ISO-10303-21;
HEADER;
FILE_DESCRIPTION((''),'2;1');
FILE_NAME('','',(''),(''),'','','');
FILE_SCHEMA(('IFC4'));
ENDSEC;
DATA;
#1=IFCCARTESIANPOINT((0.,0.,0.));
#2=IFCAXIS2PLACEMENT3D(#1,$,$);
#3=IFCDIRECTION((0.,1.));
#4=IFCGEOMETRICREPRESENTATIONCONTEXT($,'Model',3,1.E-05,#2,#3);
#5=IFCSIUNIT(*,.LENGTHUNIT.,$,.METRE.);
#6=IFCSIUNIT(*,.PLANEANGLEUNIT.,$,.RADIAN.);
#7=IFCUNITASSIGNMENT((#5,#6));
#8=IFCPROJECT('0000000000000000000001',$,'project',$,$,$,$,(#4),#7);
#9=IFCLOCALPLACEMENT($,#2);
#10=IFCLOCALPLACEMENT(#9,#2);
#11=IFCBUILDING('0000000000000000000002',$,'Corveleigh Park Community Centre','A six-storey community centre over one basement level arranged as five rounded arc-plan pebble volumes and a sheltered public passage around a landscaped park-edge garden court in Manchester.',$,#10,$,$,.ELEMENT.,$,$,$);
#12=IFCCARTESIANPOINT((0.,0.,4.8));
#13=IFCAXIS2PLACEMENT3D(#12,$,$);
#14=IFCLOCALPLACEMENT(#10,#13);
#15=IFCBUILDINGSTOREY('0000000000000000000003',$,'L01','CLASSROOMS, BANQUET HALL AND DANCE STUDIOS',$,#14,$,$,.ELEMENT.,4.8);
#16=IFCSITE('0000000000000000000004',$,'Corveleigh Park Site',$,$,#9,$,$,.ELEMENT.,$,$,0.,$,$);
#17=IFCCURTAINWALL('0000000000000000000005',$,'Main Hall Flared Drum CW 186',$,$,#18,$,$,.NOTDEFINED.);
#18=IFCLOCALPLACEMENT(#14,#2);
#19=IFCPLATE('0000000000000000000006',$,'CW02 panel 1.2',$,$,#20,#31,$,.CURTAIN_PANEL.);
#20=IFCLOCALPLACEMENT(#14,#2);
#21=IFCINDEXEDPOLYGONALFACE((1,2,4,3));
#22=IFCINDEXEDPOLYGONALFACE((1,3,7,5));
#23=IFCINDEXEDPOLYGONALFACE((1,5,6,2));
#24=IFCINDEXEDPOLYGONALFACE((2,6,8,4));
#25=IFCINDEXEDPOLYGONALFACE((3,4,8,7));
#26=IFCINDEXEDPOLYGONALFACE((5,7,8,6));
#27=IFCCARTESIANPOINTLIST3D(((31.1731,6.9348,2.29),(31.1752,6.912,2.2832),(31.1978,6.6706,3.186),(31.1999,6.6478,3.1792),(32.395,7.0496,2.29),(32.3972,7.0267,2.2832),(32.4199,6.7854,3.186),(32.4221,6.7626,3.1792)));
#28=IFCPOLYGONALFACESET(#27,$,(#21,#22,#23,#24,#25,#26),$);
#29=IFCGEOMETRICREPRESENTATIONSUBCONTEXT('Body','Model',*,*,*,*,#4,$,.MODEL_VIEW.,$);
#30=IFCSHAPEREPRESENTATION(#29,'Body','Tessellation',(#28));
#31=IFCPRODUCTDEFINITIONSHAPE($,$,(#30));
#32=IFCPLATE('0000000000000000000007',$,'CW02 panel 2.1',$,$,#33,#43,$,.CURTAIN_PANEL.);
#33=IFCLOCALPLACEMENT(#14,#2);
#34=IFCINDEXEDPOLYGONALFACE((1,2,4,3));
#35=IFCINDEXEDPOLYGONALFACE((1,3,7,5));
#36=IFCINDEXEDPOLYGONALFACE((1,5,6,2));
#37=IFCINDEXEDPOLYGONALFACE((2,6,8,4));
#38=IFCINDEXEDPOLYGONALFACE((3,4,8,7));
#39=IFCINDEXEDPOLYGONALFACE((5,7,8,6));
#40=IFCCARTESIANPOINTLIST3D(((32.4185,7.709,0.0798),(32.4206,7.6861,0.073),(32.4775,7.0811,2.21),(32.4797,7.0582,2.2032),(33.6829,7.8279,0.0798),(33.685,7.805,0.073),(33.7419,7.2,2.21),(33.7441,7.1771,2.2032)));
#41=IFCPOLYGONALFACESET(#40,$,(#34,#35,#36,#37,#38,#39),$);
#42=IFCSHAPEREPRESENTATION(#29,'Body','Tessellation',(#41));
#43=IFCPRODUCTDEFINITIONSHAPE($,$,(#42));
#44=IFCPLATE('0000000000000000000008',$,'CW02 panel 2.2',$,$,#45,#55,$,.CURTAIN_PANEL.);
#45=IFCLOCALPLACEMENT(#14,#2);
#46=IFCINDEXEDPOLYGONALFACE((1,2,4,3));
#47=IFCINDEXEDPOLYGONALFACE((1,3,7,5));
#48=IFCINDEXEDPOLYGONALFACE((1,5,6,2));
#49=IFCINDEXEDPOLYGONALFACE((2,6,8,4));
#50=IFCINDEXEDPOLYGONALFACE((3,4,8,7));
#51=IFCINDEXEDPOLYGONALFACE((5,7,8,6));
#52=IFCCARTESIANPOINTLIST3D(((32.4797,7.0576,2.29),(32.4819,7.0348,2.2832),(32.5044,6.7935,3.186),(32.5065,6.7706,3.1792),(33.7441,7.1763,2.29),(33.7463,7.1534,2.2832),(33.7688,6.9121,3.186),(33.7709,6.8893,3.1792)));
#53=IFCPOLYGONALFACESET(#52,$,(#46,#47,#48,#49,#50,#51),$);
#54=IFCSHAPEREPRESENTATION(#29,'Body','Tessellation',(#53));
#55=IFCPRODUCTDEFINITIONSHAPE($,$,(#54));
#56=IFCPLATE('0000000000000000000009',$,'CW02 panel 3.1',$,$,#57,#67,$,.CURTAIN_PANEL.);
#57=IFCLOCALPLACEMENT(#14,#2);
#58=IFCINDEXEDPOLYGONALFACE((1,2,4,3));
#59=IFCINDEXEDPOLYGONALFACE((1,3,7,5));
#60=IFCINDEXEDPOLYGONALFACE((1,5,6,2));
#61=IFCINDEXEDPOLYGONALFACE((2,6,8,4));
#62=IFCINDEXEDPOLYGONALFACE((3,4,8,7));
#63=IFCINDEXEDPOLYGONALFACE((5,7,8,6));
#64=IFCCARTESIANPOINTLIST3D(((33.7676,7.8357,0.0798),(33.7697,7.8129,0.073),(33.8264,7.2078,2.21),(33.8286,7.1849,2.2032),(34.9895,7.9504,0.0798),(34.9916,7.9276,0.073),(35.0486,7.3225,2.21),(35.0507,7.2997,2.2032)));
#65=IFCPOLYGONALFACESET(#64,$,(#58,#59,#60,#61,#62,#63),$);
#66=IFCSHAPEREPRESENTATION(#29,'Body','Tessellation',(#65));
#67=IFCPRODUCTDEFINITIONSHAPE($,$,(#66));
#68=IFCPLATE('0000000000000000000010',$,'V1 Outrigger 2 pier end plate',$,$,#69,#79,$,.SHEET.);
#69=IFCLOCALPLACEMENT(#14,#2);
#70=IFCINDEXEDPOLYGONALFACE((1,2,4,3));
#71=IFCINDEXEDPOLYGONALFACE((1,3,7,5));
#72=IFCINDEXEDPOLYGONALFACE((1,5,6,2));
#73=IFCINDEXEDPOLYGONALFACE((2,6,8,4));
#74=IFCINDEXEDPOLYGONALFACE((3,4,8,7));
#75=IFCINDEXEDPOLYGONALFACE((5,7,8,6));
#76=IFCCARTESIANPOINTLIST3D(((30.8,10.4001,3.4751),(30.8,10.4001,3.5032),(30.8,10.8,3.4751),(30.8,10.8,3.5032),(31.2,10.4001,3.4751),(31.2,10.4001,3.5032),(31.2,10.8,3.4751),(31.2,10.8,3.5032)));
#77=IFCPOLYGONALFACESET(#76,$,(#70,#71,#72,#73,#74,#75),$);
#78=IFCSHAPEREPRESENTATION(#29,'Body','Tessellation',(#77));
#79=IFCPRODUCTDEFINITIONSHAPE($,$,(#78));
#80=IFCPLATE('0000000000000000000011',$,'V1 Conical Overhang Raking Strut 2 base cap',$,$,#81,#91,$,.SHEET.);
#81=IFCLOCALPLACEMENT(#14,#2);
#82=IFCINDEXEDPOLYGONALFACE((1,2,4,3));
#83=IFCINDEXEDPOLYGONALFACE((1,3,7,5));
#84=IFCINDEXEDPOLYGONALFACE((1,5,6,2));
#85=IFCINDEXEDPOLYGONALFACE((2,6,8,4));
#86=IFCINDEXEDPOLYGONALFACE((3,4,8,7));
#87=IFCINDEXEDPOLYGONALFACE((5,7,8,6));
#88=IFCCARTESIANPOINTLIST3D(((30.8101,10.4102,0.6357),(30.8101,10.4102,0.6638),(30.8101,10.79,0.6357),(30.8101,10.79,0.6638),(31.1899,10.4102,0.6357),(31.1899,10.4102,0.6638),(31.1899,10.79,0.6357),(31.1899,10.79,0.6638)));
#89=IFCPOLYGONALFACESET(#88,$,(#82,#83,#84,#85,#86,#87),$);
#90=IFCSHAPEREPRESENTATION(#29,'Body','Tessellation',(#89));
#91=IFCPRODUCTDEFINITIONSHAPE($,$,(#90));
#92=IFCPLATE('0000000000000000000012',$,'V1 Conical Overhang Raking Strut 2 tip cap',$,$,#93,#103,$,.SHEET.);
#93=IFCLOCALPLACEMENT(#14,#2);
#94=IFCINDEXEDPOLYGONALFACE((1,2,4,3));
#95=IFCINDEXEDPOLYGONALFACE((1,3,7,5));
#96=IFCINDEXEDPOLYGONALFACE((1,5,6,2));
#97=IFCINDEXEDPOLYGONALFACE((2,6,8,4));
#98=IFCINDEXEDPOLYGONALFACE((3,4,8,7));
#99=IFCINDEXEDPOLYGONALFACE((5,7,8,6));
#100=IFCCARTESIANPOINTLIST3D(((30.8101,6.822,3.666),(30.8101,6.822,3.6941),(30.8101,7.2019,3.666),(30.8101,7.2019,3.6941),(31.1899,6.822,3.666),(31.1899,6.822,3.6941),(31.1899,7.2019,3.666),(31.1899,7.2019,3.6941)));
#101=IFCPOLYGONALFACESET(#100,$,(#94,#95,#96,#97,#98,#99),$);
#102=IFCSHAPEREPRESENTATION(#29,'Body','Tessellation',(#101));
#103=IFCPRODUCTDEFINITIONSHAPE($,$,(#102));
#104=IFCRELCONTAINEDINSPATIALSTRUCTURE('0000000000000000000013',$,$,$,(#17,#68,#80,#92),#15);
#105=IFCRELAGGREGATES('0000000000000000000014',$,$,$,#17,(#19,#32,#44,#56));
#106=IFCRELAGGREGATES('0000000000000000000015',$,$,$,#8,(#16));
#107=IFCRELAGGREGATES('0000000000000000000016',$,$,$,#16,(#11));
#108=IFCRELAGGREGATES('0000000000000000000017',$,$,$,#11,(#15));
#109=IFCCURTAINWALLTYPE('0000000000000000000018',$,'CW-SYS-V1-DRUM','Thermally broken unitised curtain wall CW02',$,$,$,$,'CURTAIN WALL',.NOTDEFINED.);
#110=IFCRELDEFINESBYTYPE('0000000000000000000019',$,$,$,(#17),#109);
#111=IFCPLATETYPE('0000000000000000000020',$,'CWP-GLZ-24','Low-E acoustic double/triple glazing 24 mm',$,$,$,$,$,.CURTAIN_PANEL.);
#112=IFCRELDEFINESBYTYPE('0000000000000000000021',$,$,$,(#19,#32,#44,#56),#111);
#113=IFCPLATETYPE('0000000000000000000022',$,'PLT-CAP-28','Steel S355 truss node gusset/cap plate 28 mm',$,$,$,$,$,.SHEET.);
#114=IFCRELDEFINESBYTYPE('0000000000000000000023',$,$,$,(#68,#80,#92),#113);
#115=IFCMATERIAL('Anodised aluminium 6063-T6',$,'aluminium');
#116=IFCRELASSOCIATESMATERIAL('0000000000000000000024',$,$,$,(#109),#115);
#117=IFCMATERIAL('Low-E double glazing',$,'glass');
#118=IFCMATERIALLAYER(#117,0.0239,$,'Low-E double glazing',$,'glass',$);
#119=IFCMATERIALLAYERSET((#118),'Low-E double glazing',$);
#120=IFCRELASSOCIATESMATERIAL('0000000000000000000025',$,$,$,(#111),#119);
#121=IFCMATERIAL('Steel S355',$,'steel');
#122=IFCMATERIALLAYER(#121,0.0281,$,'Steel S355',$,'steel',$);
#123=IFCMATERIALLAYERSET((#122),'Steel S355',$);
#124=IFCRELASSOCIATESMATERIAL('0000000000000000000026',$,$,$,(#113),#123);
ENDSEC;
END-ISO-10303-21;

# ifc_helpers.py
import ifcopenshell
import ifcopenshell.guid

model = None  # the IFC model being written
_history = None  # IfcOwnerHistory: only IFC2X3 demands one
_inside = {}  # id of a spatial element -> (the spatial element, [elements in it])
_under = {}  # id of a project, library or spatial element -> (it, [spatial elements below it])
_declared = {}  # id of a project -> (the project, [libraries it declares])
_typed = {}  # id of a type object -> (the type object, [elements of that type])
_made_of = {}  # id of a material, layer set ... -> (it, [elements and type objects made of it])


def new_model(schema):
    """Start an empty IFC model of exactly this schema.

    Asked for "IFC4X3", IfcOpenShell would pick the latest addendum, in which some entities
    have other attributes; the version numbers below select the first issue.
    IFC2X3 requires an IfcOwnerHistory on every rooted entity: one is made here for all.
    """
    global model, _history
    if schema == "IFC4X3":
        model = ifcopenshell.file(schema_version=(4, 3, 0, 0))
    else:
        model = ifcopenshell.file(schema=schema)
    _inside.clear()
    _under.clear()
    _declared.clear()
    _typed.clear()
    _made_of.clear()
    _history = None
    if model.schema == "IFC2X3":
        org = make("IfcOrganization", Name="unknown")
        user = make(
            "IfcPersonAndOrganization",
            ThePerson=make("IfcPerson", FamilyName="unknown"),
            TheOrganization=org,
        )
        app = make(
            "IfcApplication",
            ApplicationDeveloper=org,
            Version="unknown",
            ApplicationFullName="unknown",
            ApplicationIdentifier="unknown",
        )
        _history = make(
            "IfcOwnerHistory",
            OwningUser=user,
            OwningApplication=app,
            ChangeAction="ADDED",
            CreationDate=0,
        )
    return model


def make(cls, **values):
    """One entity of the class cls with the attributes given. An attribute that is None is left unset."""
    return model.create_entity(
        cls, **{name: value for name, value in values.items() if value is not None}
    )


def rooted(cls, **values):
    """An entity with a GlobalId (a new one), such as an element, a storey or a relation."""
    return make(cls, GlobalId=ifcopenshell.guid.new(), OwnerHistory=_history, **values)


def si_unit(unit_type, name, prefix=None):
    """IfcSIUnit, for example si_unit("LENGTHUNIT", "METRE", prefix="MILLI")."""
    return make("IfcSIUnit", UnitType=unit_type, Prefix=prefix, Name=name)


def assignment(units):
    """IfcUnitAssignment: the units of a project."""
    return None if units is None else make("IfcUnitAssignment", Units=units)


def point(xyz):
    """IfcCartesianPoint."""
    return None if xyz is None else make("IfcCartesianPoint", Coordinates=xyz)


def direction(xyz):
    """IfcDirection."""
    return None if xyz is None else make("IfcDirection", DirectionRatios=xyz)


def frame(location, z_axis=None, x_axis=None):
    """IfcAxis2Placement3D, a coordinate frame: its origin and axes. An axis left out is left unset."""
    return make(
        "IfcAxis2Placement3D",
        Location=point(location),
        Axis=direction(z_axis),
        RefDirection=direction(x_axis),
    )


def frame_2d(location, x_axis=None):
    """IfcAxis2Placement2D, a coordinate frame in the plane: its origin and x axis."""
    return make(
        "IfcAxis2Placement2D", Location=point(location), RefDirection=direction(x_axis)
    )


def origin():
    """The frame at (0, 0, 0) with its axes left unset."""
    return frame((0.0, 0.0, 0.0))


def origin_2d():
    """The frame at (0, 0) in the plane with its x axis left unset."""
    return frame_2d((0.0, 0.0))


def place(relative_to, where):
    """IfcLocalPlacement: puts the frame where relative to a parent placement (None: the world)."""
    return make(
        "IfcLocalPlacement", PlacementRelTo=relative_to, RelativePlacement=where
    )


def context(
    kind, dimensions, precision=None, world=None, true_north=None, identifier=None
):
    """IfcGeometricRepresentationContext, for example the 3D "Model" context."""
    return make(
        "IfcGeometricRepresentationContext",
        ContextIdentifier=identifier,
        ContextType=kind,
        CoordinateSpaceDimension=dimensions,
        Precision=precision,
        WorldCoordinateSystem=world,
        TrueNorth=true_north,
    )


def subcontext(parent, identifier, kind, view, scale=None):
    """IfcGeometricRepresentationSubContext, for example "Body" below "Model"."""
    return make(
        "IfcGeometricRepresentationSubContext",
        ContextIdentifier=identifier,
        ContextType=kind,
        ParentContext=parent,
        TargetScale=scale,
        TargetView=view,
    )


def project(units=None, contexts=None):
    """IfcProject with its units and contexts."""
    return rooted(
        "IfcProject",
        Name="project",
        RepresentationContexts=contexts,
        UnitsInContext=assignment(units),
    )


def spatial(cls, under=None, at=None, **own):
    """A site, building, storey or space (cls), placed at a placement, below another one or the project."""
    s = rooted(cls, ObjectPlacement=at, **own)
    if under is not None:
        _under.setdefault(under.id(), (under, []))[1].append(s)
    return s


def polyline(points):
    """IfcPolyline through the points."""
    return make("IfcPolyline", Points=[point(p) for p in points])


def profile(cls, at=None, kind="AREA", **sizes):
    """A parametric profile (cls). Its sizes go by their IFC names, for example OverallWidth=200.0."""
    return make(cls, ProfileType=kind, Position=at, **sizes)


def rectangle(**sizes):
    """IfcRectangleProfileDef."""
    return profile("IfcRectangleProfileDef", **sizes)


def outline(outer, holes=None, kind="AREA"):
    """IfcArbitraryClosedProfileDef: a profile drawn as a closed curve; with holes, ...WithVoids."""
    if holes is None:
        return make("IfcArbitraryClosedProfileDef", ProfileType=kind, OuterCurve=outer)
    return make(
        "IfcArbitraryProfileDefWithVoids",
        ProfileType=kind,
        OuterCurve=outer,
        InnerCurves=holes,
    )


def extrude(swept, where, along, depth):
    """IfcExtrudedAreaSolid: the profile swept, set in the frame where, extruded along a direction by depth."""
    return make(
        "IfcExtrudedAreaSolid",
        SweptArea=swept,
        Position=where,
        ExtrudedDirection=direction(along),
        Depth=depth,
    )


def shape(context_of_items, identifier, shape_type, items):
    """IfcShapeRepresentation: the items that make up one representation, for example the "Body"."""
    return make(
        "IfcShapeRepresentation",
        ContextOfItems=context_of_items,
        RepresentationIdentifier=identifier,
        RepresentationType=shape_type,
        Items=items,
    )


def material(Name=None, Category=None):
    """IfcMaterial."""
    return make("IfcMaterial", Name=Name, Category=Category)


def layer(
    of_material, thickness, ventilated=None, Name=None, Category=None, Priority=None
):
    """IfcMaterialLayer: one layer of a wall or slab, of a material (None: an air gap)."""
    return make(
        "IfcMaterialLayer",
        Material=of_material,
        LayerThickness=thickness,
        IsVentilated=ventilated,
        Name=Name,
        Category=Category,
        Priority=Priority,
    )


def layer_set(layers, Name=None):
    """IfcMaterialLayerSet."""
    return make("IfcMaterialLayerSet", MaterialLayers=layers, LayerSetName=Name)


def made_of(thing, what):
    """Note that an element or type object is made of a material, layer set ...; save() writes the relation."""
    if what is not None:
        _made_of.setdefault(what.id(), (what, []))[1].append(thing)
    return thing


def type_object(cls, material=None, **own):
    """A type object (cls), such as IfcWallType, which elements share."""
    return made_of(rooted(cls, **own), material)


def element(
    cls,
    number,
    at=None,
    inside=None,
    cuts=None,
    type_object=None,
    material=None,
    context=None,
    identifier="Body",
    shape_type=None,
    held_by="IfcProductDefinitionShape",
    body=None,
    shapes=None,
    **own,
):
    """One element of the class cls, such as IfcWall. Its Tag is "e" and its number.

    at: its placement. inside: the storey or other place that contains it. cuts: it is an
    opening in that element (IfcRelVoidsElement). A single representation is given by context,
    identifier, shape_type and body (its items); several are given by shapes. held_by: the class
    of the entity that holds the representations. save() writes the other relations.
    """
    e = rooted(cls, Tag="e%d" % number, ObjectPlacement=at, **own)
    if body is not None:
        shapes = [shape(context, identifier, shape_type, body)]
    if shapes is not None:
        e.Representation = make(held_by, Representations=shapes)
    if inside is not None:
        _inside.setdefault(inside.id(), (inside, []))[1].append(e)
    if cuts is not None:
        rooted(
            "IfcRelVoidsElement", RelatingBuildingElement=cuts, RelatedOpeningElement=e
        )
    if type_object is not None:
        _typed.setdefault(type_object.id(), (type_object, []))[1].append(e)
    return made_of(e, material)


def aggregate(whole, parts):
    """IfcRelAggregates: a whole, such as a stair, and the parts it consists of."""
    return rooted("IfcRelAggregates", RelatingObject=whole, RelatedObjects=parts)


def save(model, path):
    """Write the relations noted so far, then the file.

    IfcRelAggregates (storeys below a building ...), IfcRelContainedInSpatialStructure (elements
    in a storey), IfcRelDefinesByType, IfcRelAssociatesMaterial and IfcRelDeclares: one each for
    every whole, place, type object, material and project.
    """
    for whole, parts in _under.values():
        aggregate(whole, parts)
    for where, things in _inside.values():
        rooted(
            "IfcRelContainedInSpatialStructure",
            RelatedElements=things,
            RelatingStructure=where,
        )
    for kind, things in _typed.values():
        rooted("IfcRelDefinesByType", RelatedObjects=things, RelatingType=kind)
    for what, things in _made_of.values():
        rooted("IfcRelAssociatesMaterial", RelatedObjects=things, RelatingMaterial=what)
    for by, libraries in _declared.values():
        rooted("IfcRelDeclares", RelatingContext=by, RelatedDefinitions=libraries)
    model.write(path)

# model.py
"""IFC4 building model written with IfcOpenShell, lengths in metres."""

from ifc_helpers import new_model, si_unit, direction, frame, origin, origin_2d, place, context, subcontext, project, spatial, polyline, rectangle, outline, extrude, material, layer, layer_set, type_object, element, aggregate, save


model = new_model("IFC4")

# Units and contexts
model_context = context("Model", 3, precision=1e-05, world=origin(), true_north=direction((0.0, 1.0)))
body_context = subcontext(model_context, "Body", "Model", "MODEL_VIEW")
ifc_project = project(units=[si_unit("LENGTHUNIT", "METRE"), si_unit("PLANEANGLEUNIT", "RADIAN")], contexts=[model_context])

# Site, building, storey
site_placement = place(None, origin())
site = spatial("IfcSite", under=ifc_project, at=site_placement, Name="Corveleigh Park Site", CompositionType="ELEMENT", RefElevation=0.0)
building_placement = place(site_placement, origin())
building = spatial("IfcBuilding", under=site, at=building_placement, Name="Corveleigh Park Community Centre", Description="A six-storey community centre over one basement level arranged as five rounded arc-plan pebble volumes and a sheltered public passage around a landscaped park-edge garden court in Manchester.", CompositionType="ELEMENT")
storey_placement = place(building_placement, frame((0.0, 0.0, 4.8)))
storey = spatial("IfcBuildingStorey", under=building, at=storey_placement, Name="L01", Description="CLASSROOMS, BANQUET HALL AND DANCE STUDIOS", CompositionType="ELEMENT", Elevation=4.8)

# Shared definitions
ifc_material_1 = material(Name="Steel S355", Category="steel")

# Curtain wall
ifc_material_2 = material(Name="Anodised aluminium 6063-T6", Category="aluminium")
curtain_wall_type = type_object("IfcCurtainWallType", Name="CW-SYS-V1-DRUM", Description="Thermally broken unitised curtain wall CW02", ElementType="CURTAIN WALL", PredefinedType="NOTDEFINED", material=ifc_material_2)
curtain_wall_1_placement = place(storey_placement, origin())
curtain_wall_1 = element("IfcCurtainWall", 1, at=curtain_wall_1_placement, inside=storey, type_object=curtain_wall_type, Name="Main Hall Flared Drum CW 186", PredefinedType="NOTDEFINED")

# Plates
ifc_material_3 = material(Name="Low-E double glazing", Category="glass")
ifc_layer_1 = layer(ifc_material_3, 0.0239, Name="Low-E double glazing", Category="glass")
ifc_layer_set_1 = layer_set([ifc_layer_1], Name="Low-E double glazing")
plate_type_1 = type_object("IfcPlateType", Name="CWP-GLZ-24", Description="Low-E acoustic double/triple glazing 24 mm", PredefinedType="CURTAIN_PANEL", material=ifc_layer_set_1)
plate_1_placement = place(storey_placement, frame((31.1731, 6.9348, 2.29), z_axis=(-0.089638, 0.954646, 0.283931), x_axis=(0.995621, 0.093486, -0.000003)))
plate_1 = element("IfcPlate", 2, at=plate_1_placement, type_object=plate_type_1, Name="CW02 panel 1.2", PredefinedType="CURTAIN_PANEL", context=body_context, shape_type="SweptSolid", body=[
    extrude(outline(polyline([(0.0, 0.0), (1.2273, 0.0), (1.2274, -0.9345), (-0.0001, -0.9345), (0.0, 0.0)])), origin(), (0.0, 0.0, -1.0), 0.0239),
])
plate_2_placement = place(storey_placement, frame((32.4185, 7.709, 0.0798), z_axis=(-0.089768, 0.954641, 0.283904), x_axis=(0.995608, 0.093621, 0.0)))
plate_2 = element("IfcPlate", 3, at=plate_2_placement, type_object=plate_type_1, Name="CW02 panel 2.1", PredefinedType="CURTAIN_PANEL", context=body_context, shape_type="SweptSolid", body=[
    extrude(outline(polyline([(0.0, 0.0), (1.27, 0.0), (1.27, -2.2215), (0.0, -2.2215), (0.0, 0.0)])), origin(), (0.0, 0.0, -1.0), 0.0239),
])
plate_3_placement = place(storey_placement, frame((32.4797, 7.0576, 2.29), z_axis=(-0.089585, 0.954654, 0.283919), x_axis=(0.995626, 0.09343, 0.0)))
plate_3 = element("IfcPlate", 4, at=plate_3_placement, type_object=plate_type_1, Name="CW02 panel 2.2", PredefinedType="CURTAIN_PANEL", context=body_context, shape_type="SweptSolid", body=[
    extrude(outline(polyline([(0.0, 0.0), (1.27, 0.0), (1.2698, -0.9345), (-0.0001, -0.9345), (0.0, 0.0)])), origin(), (0.0, 0.0, -1.0), 0.0239),
])
plate_4_placement = place(storey_placement, frame((33.7676, 7.8357, 0.0798), z_axis=(-0.089639, 0.954655, 0.283899), x_axis=(0.995621, 0.093486, -0.000003)))
plate_4 = element("IfcPlate", 5, at=plate_4_placement, type_object=plate_type_1, Name="CW02 panel 3.1", PredefinedType="CURTAIN_PANEL", context=body_context, shape_type="SweptSolid", body=[
    extrude(outline(polyline([(0.0, 0.0), (1.2273, 0.0), (1.2274, -2.2215), (-0.0001, -2.2215), (0.0, 0.0)])), origin(), (0.0, 0.0, -1.0), 0.0239),
])
aggregate(curtain_wall_1, [plate_1, plate_2, plate_3, plate_4])

# Plates
ifc_layer_2 = layer(ifc_material_1, 0.0281, Name="Steel S355", Category="steel")
ifc_layer_set_2 = layer_set([ifc_layer_2], Name="Steel S355")
plate_type_2 = type_object("IfcPlateType", Name="PLT-CAP-28", Description="Steel S355 truss node gusset/cap plate 28 mm", PredefinedType="SHEET", material=ifc_layer_set_2)
plate_5_placement = place(storey_placement, frame((31.0, 10.6001, 3.4751), z_axis=(0.0, 0.0, 1.0), x_axis=(1.0, 0.0, 0.0)))
element("IfcPlate", 6, at=plate_5_placement, inside=storey, type_object=plate_type_2, Name="V1 Outrigger 2 pier end plate", PredefinedType="SHEET", context=body_context, shape_type="SweptSolid", body=[
    extrude(rectangle(XDim=0.3999, YDim=0.3999, at=origin_2d()), origin(), (0.0, 0.0, 1.0), 0.0281),
])
for number, where, z_axis, x_axis, name in (
    (7, (31.0, 10.6001, 0.6357), (0.0, 0.0, 1.0), (1.0, 0.0, 0.0), "V1 Conical Overhang Raking Strut 2 base cap"),
    (8, (31.0, 7.012, 3.666), (0.0, 0.0, 1.0), (1.0, 0.0, 0.0), "V1 Conical Overhang Raking Strut 2 tip cap"),
):
    element("IfcPlate", number, at=place(storey_placement, frame(where, z_axis=z_axis, x_axis=x_axis)), inside=storey, type_object=plate_type_2, Name=name, PredefinedType="SHEET", context=body_context, shape_type="SweptSolid", body=[
        extrude(rectangle(XDim=0.3799, YDim=0.3799, at=origin_2d()), origin(), (0.0, 0.0, 1.0), 0.0281),
    ])

save(model, "model.ifc")
